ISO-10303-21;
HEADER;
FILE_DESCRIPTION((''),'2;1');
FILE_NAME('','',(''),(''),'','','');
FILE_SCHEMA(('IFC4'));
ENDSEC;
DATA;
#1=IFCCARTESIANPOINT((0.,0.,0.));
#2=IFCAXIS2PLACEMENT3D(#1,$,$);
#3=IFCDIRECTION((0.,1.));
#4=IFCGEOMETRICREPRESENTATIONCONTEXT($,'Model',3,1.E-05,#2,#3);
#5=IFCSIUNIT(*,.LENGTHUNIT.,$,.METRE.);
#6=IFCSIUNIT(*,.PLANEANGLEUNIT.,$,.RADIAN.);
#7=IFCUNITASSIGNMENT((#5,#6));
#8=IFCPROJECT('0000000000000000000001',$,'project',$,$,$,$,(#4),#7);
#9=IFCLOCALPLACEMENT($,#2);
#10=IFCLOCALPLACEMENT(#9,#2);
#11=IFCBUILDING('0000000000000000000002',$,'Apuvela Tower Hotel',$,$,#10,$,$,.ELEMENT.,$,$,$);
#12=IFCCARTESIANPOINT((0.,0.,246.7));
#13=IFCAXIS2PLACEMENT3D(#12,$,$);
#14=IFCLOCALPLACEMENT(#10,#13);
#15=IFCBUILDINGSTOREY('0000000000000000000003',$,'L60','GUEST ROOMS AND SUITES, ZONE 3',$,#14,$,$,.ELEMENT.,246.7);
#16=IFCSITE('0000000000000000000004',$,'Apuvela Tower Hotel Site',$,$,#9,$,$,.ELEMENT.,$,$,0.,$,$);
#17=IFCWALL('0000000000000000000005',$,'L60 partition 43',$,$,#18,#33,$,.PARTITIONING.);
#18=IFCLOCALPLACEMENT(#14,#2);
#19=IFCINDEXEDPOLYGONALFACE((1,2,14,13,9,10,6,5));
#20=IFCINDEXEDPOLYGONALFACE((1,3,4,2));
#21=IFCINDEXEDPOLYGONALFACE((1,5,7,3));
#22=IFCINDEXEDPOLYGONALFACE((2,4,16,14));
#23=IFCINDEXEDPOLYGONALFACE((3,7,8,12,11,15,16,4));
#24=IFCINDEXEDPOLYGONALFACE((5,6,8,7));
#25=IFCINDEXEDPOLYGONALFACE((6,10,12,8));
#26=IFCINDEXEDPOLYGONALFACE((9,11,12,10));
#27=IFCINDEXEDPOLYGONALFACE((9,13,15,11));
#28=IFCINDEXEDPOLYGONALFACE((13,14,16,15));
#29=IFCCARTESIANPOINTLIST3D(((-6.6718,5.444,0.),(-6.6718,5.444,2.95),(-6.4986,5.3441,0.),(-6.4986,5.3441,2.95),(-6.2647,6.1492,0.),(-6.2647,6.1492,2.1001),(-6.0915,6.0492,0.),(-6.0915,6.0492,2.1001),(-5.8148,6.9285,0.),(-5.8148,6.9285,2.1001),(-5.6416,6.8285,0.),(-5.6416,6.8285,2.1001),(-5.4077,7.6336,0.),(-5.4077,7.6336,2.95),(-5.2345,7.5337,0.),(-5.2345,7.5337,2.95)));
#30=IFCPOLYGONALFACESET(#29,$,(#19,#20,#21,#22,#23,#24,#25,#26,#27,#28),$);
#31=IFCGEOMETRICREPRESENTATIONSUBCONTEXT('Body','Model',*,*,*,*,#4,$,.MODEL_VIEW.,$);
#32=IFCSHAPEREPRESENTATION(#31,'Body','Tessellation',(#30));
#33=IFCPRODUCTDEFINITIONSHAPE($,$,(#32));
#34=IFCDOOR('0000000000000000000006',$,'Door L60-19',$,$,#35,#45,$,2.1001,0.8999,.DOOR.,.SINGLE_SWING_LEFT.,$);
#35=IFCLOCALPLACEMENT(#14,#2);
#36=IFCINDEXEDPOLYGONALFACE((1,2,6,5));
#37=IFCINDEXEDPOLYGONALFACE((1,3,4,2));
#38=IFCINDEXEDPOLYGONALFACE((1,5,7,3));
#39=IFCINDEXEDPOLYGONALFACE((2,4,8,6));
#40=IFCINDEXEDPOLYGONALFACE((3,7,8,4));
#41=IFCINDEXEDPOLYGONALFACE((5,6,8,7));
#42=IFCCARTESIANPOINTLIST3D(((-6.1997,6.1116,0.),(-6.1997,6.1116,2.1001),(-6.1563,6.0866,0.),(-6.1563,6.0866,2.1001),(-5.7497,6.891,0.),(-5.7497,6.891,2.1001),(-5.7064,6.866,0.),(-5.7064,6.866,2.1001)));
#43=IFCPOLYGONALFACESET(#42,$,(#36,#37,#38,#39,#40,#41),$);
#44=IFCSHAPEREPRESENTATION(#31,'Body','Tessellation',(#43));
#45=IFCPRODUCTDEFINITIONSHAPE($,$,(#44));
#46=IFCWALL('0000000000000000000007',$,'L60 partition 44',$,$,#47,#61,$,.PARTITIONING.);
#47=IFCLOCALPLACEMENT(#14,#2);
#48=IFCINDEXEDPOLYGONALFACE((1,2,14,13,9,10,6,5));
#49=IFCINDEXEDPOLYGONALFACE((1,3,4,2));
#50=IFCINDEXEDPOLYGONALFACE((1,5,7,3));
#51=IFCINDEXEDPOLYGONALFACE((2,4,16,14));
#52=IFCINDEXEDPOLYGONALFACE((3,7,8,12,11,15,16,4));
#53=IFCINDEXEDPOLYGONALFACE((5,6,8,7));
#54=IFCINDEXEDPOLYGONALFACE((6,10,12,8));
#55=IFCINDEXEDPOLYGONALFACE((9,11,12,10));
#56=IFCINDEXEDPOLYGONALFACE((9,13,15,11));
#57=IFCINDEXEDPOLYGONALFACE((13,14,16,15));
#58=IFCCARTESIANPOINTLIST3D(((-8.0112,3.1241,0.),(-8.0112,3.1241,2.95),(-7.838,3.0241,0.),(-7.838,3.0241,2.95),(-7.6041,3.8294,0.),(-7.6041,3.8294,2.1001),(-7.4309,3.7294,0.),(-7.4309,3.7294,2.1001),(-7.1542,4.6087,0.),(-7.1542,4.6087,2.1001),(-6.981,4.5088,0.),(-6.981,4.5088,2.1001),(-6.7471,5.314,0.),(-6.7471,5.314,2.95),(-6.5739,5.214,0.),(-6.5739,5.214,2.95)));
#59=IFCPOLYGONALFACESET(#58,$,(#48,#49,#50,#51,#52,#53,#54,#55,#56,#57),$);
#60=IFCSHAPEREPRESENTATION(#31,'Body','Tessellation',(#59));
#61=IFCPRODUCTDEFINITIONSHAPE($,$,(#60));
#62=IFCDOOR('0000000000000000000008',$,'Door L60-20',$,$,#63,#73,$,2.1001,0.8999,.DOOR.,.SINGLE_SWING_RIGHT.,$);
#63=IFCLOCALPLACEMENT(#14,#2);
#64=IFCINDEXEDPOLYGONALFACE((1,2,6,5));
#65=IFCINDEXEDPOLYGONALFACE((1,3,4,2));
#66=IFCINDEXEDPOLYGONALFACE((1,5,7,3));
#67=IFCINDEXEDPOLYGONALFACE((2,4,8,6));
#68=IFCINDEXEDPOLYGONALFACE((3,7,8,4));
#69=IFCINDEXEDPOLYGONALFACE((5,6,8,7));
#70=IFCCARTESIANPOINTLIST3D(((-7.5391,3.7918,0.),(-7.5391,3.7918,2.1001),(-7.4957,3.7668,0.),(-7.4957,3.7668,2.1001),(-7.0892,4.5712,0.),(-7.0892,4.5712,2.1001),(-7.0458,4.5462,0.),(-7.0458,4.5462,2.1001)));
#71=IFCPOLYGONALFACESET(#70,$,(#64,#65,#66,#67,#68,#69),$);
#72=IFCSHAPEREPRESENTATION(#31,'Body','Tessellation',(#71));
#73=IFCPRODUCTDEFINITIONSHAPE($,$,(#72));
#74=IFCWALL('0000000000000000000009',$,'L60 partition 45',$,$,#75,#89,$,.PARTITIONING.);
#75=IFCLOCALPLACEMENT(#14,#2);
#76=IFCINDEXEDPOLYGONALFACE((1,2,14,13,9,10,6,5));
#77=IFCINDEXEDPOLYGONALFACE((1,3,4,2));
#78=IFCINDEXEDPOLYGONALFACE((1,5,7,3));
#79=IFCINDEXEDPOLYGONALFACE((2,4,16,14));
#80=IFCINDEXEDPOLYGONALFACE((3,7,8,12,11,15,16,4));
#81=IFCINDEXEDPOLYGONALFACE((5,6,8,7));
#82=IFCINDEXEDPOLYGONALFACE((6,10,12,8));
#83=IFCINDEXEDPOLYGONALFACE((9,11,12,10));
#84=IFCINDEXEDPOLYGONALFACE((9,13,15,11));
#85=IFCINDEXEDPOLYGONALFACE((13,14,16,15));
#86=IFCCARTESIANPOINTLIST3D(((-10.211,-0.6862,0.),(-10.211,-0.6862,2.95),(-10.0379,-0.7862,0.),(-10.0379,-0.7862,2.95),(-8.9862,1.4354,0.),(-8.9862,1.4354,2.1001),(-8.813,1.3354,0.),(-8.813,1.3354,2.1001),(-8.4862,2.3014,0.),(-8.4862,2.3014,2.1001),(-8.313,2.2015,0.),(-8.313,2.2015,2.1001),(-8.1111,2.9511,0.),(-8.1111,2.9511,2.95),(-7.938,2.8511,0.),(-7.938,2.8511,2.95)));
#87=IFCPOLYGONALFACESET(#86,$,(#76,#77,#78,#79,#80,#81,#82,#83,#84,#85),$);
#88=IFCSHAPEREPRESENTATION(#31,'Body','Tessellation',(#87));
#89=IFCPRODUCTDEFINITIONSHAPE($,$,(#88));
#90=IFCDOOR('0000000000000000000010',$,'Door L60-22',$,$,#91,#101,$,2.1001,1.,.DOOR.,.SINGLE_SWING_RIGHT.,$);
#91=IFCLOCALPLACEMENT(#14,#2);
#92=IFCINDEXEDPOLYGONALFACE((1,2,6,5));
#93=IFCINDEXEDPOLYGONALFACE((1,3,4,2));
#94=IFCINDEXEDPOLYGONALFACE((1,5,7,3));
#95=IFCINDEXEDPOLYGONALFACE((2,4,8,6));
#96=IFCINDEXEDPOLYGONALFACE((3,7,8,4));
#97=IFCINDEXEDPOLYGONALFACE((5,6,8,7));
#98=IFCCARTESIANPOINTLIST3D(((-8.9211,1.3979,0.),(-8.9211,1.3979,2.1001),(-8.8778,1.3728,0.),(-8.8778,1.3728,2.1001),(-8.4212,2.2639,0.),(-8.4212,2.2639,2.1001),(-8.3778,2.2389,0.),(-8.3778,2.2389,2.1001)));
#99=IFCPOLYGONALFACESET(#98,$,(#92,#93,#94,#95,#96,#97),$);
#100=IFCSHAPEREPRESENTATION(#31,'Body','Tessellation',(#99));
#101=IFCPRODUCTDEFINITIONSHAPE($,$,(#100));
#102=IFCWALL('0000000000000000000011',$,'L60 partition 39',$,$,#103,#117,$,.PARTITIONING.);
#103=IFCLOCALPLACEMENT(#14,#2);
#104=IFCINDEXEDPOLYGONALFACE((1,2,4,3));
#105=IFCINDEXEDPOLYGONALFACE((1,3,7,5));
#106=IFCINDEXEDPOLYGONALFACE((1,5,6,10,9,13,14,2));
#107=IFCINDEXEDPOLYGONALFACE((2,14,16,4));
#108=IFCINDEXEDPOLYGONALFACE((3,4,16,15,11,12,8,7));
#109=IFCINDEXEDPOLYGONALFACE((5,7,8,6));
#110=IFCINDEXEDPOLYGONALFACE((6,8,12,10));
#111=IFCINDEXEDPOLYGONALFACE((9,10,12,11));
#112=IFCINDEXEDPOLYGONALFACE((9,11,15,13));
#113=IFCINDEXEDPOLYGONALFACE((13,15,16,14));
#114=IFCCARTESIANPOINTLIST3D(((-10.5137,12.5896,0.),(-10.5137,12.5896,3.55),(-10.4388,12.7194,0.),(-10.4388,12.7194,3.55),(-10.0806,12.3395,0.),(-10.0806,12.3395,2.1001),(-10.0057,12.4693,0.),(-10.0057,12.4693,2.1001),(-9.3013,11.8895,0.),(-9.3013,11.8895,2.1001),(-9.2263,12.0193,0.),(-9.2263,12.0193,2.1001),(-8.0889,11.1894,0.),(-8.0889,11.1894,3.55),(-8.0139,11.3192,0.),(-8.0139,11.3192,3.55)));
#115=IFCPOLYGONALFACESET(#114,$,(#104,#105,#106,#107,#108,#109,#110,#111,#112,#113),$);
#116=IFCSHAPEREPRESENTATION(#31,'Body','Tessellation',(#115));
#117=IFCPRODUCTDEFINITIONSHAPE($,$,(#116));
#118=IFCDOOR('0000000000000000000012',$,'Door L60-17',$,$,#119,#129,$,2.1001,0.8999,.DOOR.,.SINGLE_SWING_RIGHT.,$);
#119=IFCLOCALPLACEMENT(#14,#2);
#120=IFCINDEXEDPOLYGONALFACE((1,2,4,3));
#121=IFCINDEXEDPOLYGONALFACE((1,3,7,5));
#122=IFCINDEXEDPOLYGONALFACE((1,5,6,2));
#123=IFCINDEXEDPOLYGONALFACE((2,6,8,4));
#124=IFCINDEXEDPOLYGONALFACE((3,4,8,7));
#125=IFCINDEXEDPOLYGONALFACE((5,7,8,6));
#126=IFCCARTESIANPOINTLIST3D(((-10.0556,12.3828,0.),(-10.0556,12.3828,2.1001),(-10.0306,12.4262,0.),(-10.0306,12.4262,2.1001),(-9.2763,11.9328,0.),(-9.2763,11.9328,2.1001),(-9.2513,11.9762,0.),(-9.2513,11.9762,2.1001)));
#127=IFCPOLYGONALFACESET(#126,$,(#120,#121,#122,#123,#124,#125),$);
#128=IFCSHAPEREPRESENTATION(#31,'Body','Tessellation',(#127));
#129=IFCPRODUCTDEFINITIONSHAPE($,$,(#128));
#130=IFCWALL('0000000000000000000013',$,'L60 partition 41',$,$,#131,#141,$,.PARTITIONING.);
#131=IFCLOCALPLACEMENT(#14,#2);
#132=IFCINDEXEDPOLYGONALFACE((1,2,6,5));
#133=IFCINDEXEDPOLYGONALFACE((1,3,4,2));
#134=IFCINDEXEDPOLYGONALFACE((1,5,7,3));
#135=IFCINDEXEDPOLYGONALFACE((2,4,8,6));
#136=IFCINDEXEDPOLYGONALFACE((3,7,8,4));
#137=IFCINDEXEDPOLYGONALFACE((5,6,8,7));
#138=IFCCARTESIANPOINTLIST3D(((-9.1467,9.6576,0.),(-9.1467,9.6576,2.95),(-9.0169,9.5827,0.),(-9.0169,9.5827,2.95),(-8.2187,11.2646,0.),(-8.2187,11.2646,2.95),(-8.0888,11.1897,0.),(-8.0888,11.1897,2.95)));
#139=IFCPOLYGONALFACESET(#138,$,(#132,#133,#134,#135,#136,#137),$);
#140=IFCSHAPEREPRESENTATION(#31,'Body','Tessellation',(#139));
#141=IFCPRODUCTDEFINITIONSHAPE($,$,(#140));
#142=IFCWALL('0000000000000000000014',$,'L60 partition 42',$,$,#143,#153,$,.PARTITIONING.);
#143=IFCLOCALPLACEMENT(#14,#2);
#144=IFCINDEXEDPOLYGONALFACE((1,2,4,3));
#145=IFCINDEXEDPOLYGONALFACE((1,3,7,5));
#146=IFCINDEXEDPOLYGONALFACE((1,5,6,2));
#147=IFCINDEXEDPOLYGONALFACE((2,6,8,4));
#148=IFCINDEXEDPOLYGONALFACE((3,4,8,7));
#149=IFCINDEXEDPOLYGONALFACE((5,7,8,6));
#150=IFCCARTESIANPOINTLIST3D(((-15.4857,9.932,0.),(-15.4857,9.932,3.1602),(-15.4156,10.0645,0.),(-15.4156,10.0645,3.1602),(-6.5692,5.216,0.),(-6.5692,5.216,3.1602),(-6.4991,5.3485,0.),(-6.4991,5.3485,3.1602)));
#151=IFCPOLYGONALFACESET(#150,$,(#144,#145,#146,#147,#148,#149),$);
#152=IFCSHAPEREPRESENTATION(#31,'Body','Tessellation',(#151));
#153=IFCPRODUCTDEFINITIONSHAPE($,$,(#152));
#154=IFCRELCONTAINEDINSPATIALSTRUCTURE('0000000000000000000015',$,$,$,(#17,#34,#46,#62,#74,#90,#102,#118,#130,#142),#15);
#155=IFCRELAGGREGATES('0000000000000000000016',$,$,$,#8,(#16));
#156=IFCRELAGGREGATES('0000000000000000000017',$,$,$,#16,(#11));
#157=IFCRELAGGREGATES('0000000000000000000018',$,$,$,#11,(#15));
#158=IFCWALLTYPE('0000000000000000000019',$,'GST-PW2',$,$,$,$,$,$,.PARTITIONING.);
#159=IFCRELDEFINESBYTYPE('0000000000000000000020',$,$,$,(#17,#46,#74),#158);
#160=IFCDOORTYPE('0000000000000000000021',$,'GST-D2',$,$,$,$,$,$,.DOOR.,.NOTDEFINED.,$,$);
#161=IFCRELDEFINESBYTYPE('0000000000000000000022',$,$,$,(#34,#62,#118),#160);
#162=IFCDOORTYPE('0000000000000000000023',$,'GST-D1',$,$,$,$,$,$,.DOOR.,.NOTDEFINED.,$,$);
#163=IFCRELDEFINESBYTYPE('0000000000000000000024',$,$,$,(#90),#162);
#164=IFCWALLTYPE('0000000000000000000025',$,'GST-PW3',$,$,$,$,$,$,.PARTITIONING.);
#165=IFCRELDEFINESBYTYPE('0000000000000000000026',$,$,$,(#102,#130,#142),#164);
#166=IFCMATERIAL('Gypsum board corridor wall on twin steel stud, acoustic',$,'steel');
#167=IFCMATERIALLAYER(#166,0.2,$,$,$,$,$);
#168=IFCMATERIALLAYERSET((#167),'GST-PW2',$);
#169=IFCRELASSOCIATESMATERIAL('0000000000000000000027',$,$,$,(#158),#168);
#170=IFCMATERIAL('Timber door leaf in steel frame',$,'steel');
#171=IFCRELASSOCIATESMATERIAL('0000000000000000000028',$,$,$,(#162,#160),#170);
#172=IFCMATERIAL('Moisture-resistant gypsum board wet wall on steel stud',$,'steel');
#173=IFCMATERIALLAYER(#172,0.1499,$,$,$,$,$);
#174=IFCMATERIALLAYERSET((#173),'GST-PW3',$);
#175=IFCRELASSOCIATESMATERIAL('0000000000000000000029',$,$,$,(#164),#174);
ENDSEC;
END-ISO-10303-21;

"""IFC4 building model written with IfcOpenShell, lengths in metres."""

from ifc_helpers import new_model, si_unit, direction, frame, frame_2d, origin, place, context, subcontext, project, spatial, rectangle, extrude, material, layer, layer_set, type_object, element, fill, save


model = new_model("IFC4")

# Units and contexts
model_context = context("Model", 3, precision=1e-05, world=origin(), true_north=direction((0.0, 1.0)))
body_context = subcontext(model_context, "Body", "Model", "MODEL_VIEW")
ifc_project = project(units=[si_unit("LENGTHUNIT", "METRE"), si_unit("PLANEANGLEUNIT", "RADIAN")], contexts=[model_context])

# Site, building, storey
site_placement = place(None, origin())
site = spatial("IfcSite", under=ifc_project, at=site_placement, Name="Apuvela Tower Hotel Site", CompositionType="ELEMENT", RefElevation=0.0)
building_placement = place(site_placement, origin())
building = spatial("IfcBuilding", under=site, at=building_placement, Name="Apuvela Tower Hotel", CompositionType="ELEMENT")
storey_placement = place(building_placement, frame((0.0, 0.0, 246.7)))
storey = spatial("IfcBuildingStorey", under=building, at=storey_placement, Name="L60", Description="GUEST ROOMS AND SUITES, ZONE 3", CompositionType="ELEMENT", Elevation=246.7)

# Walls, openings, doors
ifc_material_1 = material(Name="Gypsum board corridor wall on twin steel stud, acoustic", Category="steel")
ifc_layer_1 = layer(ifc_material_1, 0.2)
ifc_layer_set_1 = layer_set([ifc_layer_1], Name="GST-PW2")
wall_type_1 = type_object("IfcWallType", Name="GST-PW2", PredefinedType="PARTITIONING", material=ifc_layer_set_1)
ifc_material_2 = material(Name="Timber door leaf in steel frame", Category="steel")
door_type_1 = type_object("IfcDoorType", Name="GST-D1", OperationType="NOTDEFINED", PredefinedType="DOOR", material=ifc_material_2)
wall_1_placement = place(storey_placement, frame((-6.5852, 5.394, 0.0), z_axis=(0.0, 0.0, 1.0), x_axis=(0.499982, 0.866036, 0.0)))
wall_1 = element("IfcWall", 1, at=wall_1_placement, inside=storey, type_object=wall_type_1, Name="L60 partition 43", PredefinedType="PARTITIONING", context=body_context, shape_type="SweptSolid", body=[
    extrude(rectangle(XDim=2.5283, YDim=0.2, at=frame_2d((1.2642, 0.0))), origin(), (0.0, 0.0, 1.0), 2.95),
])
opening_1_placement = place(wall_1_placement, frame((0.8142, 0.0, 0.0)))
opening_1 = element("IfcOpeningElement", 2, at=opening_1_placement, cuts=wall_1, PredefinedType="OPENING", context=body_context, shape_type="SweptSolid", body=[
    extrude(rectangle(XDim=0.8999, YDim=2.1001, at=frame_2d((0.45, 1.05))), frame((0.0, 0.1099, 0.0), z_axis=(0.0, -1.0, 0.0), x_axis=(1.0, 0.0, 0.0)), (0.0, 0.0, 1.0), 0.22),
])
door_type_2 = type_object("IfcDoorType", Name="GST-D2", OperationType="NOTDEFINED", PredefinedType="DOOR", material=ifc_material_2)
door_1_placement = place(opening_1_placement, origin())
door_1 = element("IfcDoor", 3, at=door_1_placement, inside=storey, type_object=door_type_2, Name="Door L60-19", OperationType="SINGLE_SWING_LEFT", OverallHeight=2.1001, OverallWidth=0.8999, PredefinedType="DOOR", context=body_context, shape_type="SweptSolid", body=[
    extrude(rectangle(XDim=0.8999, YDim=2.1001, at=frame_2d((0.45, 1.05))), frame((0.0, 0.0249, 0.0), z_axis=(0.0, -1.0, 0.0), x_axis=(1.0, 0.0, 0.0)), (0.0, 0.0, 1.0), 0.05),
])
fill(opening_1, door_1)
wall_2_placement = place(storey_placement, frame((-7.9246, 3.0742, 0.0), z_axis=(0.0, 0.0, 1.0), x_axis=(0.49994, 0.86606, 0.0)))
wall_2 = element("IfcWall", 4, at=wall_2_placement, inside=storey, type_object=wall_type_1, Name="L60 partition 44", PredefinedType="PARTITIONING", context=body_context, shape_type="SweptSolid", body=[
    extrude(rectangle(XDim=2.5286, YDim=0.2, at=frame_2d((1.2642, 0.0))), origin(), (0.0, 0.0, 1.0), 2.95),
])
opening_2_placement = place(wall_2_placement, frame((0.8142, 0.0, 0.0)))
opening_2 = element("IfcOpeningElement", 5, at=opening_2_placement, cuts=wall_2, PredefinedType="OPENING", context=body_context, shape_type="SweptSolid", body=[
    extrude(rectangle(XDim=0.8999, YDim=2.1001, at=frame_2d((0.45, 1.05))), frame((0.0, 0.1099, 0.0), z_axis=(0.0, -1.0, 0.0), x_axis=(1.0, 0.0, 0.0)), (0.0, 0.0, 1.0), 0.22),
])
door_2_placement = place(opening_2_placement, origin())
door_2 = element("IfcDoor", 6, at=door_2_placement, inside=storey, type_object=door_type_2, Name="Door L60-20", OperationType="SINGLE_SWING_RIGHT", OverallHeight=2.1001, OverallWidth=0.8999, PredefinedType="DOOR", context=body_context, shape_type="SweptSolid", body=[
    extrude(rectangle(XDim=0.8999, YDim=2.1001, at=frame_2d((0.45, 1.05))), frame((0.0, 0.0249, 0.0), z_axis=(0.0, -1.0, 0.0), x_axis=(1.0, 0.0, 0.0)), (0.0, 0.0, 1.0), 0.05),
])
fill(opening_2, door_2)
wall_3_placement = place(storey_placement, frame((-10.1245, -0.7363, 0.0), z_axis=(0.0, 0.0, 1.0), x_axis=(0.499984, 0.866035, 0.0)))
wall_3 = element("IfcWall", 7, at=wall_3_placement, inside=storey, type_object=wall_type_1, Name="L60 partition 45", PredefinedType="PARTITIONING", context=body_context, shape_type="SweptSolid", body=[
    extrude(rectangle(XDim=4.2, YDim=0.2, at=frame_2d((2.1001, 0.0))), origin(), (0.0, 0.0, 1.0), 2.95),
])
opening_3_placement = place(wall_3_placement, frame((2.45, 0.0, 0.0)))
opening_3 = element("IfcOpeningElement", 8, at=opening_3_placement, cuts=wall_3, PredefinedType="OPENING", context=body_context, shape_type="SweptSolid", body=[
    extrude(rectangle(XDim=1.0, YDim=2.1001, at=frame_2d((0.5, 1.05))), frame((0.0, 0.1099, 0.0), z_axis=(0.0, -1.0, 0.0), x_axis=(1.0, 0.0, 0.0)), (0.0, 0.0, 1.0), 0.22),
])
door_3_placement = place(opening_3_placement, origin())
door_3 = element("IfcDoor", 9, at=door_3_placement, inside=storey, type_object=door_type_1, Name="Door L60-22", OperationType="SINGLE_SWING_RIGHT", OverallHeight=2.1001, OverallWidth=1.0, PredefinedType="DOOR", context=body_context, shape_type="SweptSolid", body=[
    extrude(rectangle(XDim=1.0, YDim=2.1001, at=frame_2d((0.5, 1.05))), frame((0.0, 0.0249, 0.0), z_axis=(0.0, -1.0, 0.0), x_axis=(1.0, 0.0, 0.0)), (0.0, 0.0, 1.0), 0.05),
])
fill(opening_3, door_3)
ifc_material_3 = material(Name="Moisture-resistant gypsum board wet wall on steel stud", Category="steel")
ifc_layer_2 = layer(ifc_material_3, 0.1499)
ifc_layer_set_2 = layer_set([ifc_layer_2], Name="GST-PW3")
wall_type_2 = type_object("IfcWallType", Name="GST-PW3", PredefinedType="PARTITIONING", material=ifc_layer_set_2)
wall_4_placement = place(storey_placement, frame((-8.0515, 11.2544, 0.0), z_axis=(0.0, 0.0, 1.0), x_axis=(-0.865997, 0.50005, 0.0)))
wall_4 = element("IfcWall", 10, at=wall_4_placement, inside=storey, type_object=wall_type_2, Name="L60 partition 39", PredefinedType="PARTITIONING", context=body_context, shape_type="SweptSolid", body=[
    extrude(rectangle(XDim=2.8, YDim=0.1499, at=frame_2d((1.3999, 0.0))), origin(), (0.0, 0.0, 1.0), 3.55),
])
opening_4_placement = place(wall_4_placement, frame((1.3999, 0.0, 0.0)))
opening_4 = element("IfcOpeningElement", 11, at=opening_4_placement, cuts=wall_4, PredefinedType="OPENING", context=body_context, shape_type="SweptSolid", body=[
    extrude(rectangle(XDim=0.8999, YDim=2.1001, at=frame_2d((0.45, 1.05))), frame((0.0, 0.085, 0.0), z_axis=(0.0, -1.0, 0.0), x_axis=(1.0, 0.0, 0.0)), (0.0, 0.0, 1.0), 0.1699),
])
door_4_placement = place(opening_4_placement, origin())
door_4 = element("IfcDoor", 12, at=door_4_placement, inside=storey, type_object=door_type_2, Name="Door L60-17", OperationType="SINGLE_SWING_RIGHT", OverallHeight=2.1001, OverallWidth=0.8999, PredefinedType="DOOR", context=body_context, shape_type="SweptSolid", body=[
    extrude(rectangle(XDim=0.8999, YDim=2.1001, at=frame_2d((0.45, 1.05))), frame((0.0, 0.0249, 0.0), z_axis=(0.0, -1.0, 0.0), x_axis=(1.0, 0.0, 0.0)), (0.0, 0.0, 1.0), 0.05),
])
fill(opening_4, door_4)

# Walls
wall_5_placement = place(storey_placement, frame((-8.1538, 11.2271, 0.0), z_axis=(0.0, 0.0, 1.0), x_axis=(-0.500087, -0.865975, 0.0)))
element("IfcWall", 13, at=wall_5_placement, inside=storey, type_object=wall_type_2, Name="L60 partition 41", PredefinedType="PARTITIONING", context=body_context, shape_type="SweptSolid", body=[
    extrude(rectangle(XDim=1.8557, YDim=0.1499, at=frame_2d((0.9277, 0.0))), origin(), (0.0, 0.0, 1.0), 2.95),
])
wall_6_placement = place(storey_placement, frame((-15.4507, 9.9983, 0.0), z_axis=(0.0, 0.0, 1.0), x_axis=(0.88397, -0.467544, 0.0)))
element("IfcWall", 14, at=wall_6_placement, inside=storey, type_object=wall_type_2, Name="L60 partition 42", PredefinedType="PARTITIONING", context=body_context, shape_type="SweptSolid", body=[
    extrude(rectangle(XDim=10.0869, YDim=0.1499, at=frame_2d((5.0435, 0.0))), origin(), (0.0, 0.0, 1.0), 3.1602),
])

save(model, "model.ifc")
